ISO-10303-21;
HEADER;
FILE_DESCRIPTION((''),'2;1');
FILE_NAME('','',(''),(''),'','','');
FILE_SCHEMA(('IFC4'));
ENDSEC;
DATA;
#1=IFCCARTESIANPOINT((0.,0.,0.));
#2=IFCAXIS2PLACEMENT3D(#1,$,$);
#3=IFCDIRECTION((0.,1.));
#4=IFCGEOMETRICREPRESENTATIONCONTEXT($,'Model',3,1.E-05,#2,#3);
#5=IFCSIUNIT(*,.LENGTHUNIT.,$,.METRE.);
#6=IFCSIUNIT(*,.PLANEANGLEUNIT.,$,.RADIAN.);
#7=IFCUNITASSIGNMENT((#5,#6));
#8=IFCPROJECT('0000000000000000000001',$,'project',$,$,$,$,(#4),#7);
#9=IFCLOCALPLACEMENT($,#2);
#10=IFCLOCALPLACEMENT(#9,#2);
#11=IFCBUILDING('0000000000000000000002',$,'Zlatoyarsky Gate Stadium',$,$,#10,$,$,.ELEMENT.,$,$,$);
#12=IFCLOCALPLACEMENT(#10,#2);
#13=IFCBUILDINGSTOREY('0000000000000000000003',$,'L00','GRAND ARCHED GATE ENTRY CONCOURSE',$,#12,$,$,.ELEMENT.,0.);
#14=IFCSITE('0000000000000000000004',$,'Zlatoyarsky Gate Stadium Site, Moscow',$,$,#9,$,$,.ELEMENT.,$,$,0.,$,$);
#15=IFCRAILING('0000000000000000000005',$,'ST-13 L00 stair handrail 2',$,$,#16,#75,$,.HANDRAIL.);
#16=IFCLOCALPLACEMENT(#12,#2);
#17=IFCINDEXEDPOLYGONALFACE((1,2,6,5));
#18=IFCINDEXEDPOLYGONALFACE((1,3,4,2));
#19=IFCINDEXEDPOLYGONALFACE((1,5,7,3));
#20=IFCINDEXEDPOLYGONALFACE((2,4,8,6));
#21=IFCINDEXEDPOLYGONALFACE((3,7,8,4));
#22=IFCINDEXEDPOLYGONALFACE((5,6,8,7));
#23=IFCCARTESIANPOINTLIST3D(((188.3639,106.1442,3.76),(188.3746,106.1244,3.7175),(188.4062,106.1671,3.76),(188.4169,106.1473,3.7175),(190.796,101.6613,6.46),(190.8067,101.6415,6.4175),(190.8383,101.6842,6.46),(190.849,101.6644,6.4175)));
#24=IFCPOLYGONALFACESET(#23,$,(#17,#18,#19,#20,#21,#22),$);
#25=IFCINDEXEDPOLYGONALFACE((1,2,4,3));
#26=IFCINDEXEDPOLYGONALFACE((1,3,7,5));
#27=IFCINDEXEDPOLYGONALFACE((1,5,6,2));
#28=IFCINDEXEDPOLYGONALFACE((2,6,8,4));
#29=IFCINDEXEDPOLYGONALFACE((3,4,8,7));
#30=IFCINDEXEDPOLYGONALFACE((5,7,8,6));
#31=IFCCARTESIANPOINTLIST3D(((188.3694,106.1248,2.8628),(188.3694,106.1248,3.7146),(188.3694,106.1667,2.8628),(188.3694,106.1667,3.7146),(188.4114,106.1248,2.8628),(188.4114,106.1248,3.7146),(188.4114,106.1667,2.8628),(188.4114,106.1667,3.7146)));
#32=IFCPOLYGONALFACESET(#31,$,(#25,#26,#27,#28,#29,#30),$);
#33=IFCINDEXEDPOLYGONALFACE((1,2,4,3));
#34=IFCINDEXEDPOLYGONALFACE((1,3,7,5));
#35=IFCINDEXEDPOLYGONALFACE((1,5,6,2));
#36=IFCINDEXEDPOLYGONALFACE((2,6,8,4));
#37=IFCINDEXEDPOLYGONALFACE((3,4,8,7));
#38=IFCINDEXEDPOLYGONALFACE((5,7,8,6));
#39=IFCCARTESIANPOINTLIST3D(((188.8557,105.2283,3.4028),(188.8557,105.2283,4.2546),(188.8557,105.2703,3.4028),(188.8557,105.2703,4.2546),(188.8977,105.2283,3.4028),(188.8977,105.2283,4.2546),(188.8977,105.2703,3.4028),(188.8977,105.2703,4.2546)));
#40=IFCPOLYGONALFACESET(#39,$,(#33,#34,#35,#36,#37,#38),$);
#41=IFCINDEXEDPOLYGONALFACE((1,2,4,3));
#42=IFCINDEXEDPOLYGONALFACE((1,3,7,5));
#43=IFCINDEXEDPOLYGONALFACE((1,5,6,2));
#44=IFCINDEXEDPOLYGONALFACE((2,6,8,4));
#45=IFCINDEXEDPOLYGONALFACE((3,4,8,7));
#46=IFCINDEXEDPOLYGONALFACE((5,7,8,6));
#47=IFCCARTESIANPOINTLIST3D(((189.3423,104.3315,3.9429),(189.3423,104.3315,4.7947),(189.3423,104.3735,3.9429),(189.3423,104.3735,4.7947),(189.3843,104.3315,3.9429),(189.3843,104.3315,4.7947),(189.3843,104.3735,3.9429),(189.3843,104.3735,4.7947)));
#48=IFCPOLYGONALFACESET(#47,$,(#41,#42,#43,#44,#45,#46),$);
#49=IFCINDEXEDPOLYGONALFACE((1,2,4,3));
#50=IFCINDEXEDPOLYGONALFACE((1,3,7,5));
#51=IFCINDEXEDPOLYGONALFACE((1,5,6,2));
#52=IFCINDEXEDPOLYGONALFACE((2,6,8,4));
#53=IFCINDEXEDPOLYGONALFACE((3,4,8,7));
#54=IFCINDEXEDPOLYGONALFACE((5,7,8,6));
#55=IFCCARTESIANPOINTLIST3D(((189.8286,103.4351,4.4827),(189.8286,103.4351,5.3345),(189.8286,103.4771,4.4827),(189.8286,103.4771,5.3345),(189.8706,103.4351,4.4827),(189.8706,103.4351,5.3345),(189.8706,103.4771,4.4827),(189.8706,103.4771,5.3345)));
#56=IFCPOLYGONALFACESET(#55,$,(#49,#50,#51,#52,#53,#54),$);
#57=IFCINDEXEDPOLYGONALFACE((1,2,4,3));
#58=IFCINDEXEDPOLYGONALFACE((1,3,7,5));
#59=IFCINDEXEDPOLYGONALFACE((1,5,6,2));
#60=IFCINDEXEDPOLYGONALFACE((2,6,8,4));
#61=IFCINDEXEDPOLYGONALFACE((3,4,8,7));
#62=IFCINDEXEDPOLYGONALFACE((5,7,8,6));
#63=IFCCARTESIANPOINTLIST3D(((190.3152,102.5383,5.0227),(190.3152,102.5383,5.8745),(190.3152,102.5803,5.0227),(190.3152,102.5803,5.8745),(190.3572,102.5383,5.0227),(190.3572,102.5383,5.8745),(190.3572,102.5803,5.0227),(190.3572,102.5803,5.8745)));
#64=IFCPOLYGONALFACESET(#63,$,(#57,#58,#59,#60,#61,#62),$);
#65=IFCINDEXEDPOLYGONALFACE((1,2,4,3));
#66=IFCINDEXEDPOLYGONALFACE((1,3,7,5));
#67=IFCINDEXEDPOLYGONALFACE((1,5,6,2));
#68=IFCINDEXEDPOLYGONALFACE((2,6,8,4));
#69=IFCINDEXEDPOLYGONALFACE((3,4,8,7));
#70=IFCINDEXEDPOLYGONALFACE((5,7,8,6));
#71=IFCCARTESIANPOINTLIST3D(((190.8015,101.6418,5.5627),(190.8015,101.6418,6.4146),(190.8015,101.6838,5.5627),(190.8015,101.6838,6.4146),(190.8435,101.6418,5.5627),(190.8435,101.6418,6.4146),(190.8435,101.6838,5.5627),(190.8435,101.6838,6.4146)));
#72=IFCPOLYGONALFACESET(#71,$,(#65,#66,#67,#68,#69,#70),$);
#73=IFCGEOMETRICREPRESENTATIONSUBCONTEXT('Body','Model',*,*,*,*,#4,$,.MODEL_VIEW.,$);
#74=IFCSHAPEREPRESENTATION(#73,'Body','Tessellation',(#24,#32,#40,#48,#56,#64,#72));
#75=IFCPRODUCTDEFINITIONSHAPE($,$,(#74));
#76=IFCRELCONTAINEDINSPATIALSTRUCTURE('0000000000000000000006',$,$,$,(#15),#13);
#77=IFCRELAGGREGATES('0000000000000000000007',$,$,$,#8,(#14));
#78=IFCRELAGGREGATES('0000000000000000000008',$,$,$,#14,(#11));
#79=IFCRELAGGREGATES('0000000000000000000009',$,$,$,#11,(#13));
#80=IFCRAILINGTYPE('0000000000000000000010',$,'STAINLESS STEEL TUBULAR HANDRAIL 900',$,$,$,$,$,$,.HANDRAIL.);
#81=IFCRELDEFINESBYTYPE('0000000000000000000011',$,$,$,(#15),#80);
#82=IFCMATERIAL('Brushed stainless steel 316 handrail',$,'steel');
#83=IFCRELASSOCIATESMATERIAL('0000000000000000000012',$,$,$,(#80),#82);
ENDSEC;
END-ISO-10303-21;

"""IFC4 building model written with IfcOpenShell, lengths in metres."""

from ifc_helpers import new_model, si_unit, direction, frame, origin, origin_2d, place, context, subcontext, project, spatial, rectangle, extrude, material, type_object, element, save


model = new_model("IFC4")

# Units and contexts
model_context = context("Model", 3, precision=1e-05, world=origin(), true_north=direction((0.0, 1.0)))
body_context = subcontext(model_context, "Body", "Model", "MODEL_VIEW")
ifc_project = project(units=[si_unit("LENGTHUNIT", "METRE"), si_unit("PLANEANGLEUNIT", "RADIAN")], contexts=[model_context])

# Site, building, storey
site_placement = place(None, origin())
site = spatial("IfcSite", under=ifc_project, at=site_placement, Name="Zlatoyarsky Gate Stadium Site, Moscow", CompositionType="ELEMENT", RefElevation=0.0)
building_placement = place(site_placement, origin())
building = spatial("IfcBuilding", under=site, at=building_placement, Name="Zlatoyarsky Gate Stadium", CompositionType="ELEMENT")
storey_placement = place(building_placement, origin())
storey = spatial("IfcBuildingStorey", under=building, at=storey_placement, Name="L00", Description="GRAND ARCHED GATE ENTRY CONCOURSE", CompositionType="ELEMENT", Elevation=0.0)

# Railing
ifc_material_1 = material(Name="Brushed stainless steel 316 handrail", Category="steel")
railing_type_1 = type_object("IfcRailingType", Name="STAINLESS STEEL TUBULAR HANDRAIL 900", PredefinedType="HANDRAIL", material=ifc_material_1)
railing_1_placement = place(storey_placement, frame((188.3904, 106.1458, 2.8628)))
element("IfcRailing", 1, at=railing_1_placement, inside=storey, type_object=railing_type_1, Name="ST-13 L00 stair handrail 2", PredefinedType="HANDRAIL", context=body_context, shape_type="SweptSolid", body=[
    extrude(rectangle(XDim=0.0481, YDim=0.0481, at=origin_2d()), frame((0.0, 0.0, 0.876), z_axis=(0.421459, -0.776834, 0.467869), x_axis=(0.878973, 0.476872, 0.0)), (0.0, 0.0, 1.0), 5.7708),
    extrude(rectangle(XDim=0.042, YDim=0.042, at=origin_2d()), origin(), (0.0, 0.0, 1.0), 0.8518),
    extrude(rectangle(XDim=0.042, YDim=0.042, at=origin_2d()), frame((0.4863, -0.8965, 0.54)), (0.0, 0.0, 1.0), 0.8518),
    extrude(rectangle(XDim=0.042, YDim=0.042, at=origin_2d()), frame((0.9729, -1.7932, 1.0801)), (0.0, 0.0, 1.0), 0.8518),
    extrude(rectangle(XDim=0.042, YDim=0.042, at=origin_2d()), frame((1.4592, -2.6897, 1.6199)), (0.0, 0.0, 1.0), 0.8518),
    extrude(rectangle(XDim=0.042, YDim=0.042, at=origin_2d()), frame((1.9458, -3.5864, 2.1599)), (0.0, 0.0, 1.0), 0.8518),
    extrude(rectangle(XDim=0.042, YDim=0.042, at=origin_2d()), frame((2.4321, -4.4829, 2.7)), (0.0, 0.0, 1.0), 0.8518),
])

save(model, "model.ifc")
